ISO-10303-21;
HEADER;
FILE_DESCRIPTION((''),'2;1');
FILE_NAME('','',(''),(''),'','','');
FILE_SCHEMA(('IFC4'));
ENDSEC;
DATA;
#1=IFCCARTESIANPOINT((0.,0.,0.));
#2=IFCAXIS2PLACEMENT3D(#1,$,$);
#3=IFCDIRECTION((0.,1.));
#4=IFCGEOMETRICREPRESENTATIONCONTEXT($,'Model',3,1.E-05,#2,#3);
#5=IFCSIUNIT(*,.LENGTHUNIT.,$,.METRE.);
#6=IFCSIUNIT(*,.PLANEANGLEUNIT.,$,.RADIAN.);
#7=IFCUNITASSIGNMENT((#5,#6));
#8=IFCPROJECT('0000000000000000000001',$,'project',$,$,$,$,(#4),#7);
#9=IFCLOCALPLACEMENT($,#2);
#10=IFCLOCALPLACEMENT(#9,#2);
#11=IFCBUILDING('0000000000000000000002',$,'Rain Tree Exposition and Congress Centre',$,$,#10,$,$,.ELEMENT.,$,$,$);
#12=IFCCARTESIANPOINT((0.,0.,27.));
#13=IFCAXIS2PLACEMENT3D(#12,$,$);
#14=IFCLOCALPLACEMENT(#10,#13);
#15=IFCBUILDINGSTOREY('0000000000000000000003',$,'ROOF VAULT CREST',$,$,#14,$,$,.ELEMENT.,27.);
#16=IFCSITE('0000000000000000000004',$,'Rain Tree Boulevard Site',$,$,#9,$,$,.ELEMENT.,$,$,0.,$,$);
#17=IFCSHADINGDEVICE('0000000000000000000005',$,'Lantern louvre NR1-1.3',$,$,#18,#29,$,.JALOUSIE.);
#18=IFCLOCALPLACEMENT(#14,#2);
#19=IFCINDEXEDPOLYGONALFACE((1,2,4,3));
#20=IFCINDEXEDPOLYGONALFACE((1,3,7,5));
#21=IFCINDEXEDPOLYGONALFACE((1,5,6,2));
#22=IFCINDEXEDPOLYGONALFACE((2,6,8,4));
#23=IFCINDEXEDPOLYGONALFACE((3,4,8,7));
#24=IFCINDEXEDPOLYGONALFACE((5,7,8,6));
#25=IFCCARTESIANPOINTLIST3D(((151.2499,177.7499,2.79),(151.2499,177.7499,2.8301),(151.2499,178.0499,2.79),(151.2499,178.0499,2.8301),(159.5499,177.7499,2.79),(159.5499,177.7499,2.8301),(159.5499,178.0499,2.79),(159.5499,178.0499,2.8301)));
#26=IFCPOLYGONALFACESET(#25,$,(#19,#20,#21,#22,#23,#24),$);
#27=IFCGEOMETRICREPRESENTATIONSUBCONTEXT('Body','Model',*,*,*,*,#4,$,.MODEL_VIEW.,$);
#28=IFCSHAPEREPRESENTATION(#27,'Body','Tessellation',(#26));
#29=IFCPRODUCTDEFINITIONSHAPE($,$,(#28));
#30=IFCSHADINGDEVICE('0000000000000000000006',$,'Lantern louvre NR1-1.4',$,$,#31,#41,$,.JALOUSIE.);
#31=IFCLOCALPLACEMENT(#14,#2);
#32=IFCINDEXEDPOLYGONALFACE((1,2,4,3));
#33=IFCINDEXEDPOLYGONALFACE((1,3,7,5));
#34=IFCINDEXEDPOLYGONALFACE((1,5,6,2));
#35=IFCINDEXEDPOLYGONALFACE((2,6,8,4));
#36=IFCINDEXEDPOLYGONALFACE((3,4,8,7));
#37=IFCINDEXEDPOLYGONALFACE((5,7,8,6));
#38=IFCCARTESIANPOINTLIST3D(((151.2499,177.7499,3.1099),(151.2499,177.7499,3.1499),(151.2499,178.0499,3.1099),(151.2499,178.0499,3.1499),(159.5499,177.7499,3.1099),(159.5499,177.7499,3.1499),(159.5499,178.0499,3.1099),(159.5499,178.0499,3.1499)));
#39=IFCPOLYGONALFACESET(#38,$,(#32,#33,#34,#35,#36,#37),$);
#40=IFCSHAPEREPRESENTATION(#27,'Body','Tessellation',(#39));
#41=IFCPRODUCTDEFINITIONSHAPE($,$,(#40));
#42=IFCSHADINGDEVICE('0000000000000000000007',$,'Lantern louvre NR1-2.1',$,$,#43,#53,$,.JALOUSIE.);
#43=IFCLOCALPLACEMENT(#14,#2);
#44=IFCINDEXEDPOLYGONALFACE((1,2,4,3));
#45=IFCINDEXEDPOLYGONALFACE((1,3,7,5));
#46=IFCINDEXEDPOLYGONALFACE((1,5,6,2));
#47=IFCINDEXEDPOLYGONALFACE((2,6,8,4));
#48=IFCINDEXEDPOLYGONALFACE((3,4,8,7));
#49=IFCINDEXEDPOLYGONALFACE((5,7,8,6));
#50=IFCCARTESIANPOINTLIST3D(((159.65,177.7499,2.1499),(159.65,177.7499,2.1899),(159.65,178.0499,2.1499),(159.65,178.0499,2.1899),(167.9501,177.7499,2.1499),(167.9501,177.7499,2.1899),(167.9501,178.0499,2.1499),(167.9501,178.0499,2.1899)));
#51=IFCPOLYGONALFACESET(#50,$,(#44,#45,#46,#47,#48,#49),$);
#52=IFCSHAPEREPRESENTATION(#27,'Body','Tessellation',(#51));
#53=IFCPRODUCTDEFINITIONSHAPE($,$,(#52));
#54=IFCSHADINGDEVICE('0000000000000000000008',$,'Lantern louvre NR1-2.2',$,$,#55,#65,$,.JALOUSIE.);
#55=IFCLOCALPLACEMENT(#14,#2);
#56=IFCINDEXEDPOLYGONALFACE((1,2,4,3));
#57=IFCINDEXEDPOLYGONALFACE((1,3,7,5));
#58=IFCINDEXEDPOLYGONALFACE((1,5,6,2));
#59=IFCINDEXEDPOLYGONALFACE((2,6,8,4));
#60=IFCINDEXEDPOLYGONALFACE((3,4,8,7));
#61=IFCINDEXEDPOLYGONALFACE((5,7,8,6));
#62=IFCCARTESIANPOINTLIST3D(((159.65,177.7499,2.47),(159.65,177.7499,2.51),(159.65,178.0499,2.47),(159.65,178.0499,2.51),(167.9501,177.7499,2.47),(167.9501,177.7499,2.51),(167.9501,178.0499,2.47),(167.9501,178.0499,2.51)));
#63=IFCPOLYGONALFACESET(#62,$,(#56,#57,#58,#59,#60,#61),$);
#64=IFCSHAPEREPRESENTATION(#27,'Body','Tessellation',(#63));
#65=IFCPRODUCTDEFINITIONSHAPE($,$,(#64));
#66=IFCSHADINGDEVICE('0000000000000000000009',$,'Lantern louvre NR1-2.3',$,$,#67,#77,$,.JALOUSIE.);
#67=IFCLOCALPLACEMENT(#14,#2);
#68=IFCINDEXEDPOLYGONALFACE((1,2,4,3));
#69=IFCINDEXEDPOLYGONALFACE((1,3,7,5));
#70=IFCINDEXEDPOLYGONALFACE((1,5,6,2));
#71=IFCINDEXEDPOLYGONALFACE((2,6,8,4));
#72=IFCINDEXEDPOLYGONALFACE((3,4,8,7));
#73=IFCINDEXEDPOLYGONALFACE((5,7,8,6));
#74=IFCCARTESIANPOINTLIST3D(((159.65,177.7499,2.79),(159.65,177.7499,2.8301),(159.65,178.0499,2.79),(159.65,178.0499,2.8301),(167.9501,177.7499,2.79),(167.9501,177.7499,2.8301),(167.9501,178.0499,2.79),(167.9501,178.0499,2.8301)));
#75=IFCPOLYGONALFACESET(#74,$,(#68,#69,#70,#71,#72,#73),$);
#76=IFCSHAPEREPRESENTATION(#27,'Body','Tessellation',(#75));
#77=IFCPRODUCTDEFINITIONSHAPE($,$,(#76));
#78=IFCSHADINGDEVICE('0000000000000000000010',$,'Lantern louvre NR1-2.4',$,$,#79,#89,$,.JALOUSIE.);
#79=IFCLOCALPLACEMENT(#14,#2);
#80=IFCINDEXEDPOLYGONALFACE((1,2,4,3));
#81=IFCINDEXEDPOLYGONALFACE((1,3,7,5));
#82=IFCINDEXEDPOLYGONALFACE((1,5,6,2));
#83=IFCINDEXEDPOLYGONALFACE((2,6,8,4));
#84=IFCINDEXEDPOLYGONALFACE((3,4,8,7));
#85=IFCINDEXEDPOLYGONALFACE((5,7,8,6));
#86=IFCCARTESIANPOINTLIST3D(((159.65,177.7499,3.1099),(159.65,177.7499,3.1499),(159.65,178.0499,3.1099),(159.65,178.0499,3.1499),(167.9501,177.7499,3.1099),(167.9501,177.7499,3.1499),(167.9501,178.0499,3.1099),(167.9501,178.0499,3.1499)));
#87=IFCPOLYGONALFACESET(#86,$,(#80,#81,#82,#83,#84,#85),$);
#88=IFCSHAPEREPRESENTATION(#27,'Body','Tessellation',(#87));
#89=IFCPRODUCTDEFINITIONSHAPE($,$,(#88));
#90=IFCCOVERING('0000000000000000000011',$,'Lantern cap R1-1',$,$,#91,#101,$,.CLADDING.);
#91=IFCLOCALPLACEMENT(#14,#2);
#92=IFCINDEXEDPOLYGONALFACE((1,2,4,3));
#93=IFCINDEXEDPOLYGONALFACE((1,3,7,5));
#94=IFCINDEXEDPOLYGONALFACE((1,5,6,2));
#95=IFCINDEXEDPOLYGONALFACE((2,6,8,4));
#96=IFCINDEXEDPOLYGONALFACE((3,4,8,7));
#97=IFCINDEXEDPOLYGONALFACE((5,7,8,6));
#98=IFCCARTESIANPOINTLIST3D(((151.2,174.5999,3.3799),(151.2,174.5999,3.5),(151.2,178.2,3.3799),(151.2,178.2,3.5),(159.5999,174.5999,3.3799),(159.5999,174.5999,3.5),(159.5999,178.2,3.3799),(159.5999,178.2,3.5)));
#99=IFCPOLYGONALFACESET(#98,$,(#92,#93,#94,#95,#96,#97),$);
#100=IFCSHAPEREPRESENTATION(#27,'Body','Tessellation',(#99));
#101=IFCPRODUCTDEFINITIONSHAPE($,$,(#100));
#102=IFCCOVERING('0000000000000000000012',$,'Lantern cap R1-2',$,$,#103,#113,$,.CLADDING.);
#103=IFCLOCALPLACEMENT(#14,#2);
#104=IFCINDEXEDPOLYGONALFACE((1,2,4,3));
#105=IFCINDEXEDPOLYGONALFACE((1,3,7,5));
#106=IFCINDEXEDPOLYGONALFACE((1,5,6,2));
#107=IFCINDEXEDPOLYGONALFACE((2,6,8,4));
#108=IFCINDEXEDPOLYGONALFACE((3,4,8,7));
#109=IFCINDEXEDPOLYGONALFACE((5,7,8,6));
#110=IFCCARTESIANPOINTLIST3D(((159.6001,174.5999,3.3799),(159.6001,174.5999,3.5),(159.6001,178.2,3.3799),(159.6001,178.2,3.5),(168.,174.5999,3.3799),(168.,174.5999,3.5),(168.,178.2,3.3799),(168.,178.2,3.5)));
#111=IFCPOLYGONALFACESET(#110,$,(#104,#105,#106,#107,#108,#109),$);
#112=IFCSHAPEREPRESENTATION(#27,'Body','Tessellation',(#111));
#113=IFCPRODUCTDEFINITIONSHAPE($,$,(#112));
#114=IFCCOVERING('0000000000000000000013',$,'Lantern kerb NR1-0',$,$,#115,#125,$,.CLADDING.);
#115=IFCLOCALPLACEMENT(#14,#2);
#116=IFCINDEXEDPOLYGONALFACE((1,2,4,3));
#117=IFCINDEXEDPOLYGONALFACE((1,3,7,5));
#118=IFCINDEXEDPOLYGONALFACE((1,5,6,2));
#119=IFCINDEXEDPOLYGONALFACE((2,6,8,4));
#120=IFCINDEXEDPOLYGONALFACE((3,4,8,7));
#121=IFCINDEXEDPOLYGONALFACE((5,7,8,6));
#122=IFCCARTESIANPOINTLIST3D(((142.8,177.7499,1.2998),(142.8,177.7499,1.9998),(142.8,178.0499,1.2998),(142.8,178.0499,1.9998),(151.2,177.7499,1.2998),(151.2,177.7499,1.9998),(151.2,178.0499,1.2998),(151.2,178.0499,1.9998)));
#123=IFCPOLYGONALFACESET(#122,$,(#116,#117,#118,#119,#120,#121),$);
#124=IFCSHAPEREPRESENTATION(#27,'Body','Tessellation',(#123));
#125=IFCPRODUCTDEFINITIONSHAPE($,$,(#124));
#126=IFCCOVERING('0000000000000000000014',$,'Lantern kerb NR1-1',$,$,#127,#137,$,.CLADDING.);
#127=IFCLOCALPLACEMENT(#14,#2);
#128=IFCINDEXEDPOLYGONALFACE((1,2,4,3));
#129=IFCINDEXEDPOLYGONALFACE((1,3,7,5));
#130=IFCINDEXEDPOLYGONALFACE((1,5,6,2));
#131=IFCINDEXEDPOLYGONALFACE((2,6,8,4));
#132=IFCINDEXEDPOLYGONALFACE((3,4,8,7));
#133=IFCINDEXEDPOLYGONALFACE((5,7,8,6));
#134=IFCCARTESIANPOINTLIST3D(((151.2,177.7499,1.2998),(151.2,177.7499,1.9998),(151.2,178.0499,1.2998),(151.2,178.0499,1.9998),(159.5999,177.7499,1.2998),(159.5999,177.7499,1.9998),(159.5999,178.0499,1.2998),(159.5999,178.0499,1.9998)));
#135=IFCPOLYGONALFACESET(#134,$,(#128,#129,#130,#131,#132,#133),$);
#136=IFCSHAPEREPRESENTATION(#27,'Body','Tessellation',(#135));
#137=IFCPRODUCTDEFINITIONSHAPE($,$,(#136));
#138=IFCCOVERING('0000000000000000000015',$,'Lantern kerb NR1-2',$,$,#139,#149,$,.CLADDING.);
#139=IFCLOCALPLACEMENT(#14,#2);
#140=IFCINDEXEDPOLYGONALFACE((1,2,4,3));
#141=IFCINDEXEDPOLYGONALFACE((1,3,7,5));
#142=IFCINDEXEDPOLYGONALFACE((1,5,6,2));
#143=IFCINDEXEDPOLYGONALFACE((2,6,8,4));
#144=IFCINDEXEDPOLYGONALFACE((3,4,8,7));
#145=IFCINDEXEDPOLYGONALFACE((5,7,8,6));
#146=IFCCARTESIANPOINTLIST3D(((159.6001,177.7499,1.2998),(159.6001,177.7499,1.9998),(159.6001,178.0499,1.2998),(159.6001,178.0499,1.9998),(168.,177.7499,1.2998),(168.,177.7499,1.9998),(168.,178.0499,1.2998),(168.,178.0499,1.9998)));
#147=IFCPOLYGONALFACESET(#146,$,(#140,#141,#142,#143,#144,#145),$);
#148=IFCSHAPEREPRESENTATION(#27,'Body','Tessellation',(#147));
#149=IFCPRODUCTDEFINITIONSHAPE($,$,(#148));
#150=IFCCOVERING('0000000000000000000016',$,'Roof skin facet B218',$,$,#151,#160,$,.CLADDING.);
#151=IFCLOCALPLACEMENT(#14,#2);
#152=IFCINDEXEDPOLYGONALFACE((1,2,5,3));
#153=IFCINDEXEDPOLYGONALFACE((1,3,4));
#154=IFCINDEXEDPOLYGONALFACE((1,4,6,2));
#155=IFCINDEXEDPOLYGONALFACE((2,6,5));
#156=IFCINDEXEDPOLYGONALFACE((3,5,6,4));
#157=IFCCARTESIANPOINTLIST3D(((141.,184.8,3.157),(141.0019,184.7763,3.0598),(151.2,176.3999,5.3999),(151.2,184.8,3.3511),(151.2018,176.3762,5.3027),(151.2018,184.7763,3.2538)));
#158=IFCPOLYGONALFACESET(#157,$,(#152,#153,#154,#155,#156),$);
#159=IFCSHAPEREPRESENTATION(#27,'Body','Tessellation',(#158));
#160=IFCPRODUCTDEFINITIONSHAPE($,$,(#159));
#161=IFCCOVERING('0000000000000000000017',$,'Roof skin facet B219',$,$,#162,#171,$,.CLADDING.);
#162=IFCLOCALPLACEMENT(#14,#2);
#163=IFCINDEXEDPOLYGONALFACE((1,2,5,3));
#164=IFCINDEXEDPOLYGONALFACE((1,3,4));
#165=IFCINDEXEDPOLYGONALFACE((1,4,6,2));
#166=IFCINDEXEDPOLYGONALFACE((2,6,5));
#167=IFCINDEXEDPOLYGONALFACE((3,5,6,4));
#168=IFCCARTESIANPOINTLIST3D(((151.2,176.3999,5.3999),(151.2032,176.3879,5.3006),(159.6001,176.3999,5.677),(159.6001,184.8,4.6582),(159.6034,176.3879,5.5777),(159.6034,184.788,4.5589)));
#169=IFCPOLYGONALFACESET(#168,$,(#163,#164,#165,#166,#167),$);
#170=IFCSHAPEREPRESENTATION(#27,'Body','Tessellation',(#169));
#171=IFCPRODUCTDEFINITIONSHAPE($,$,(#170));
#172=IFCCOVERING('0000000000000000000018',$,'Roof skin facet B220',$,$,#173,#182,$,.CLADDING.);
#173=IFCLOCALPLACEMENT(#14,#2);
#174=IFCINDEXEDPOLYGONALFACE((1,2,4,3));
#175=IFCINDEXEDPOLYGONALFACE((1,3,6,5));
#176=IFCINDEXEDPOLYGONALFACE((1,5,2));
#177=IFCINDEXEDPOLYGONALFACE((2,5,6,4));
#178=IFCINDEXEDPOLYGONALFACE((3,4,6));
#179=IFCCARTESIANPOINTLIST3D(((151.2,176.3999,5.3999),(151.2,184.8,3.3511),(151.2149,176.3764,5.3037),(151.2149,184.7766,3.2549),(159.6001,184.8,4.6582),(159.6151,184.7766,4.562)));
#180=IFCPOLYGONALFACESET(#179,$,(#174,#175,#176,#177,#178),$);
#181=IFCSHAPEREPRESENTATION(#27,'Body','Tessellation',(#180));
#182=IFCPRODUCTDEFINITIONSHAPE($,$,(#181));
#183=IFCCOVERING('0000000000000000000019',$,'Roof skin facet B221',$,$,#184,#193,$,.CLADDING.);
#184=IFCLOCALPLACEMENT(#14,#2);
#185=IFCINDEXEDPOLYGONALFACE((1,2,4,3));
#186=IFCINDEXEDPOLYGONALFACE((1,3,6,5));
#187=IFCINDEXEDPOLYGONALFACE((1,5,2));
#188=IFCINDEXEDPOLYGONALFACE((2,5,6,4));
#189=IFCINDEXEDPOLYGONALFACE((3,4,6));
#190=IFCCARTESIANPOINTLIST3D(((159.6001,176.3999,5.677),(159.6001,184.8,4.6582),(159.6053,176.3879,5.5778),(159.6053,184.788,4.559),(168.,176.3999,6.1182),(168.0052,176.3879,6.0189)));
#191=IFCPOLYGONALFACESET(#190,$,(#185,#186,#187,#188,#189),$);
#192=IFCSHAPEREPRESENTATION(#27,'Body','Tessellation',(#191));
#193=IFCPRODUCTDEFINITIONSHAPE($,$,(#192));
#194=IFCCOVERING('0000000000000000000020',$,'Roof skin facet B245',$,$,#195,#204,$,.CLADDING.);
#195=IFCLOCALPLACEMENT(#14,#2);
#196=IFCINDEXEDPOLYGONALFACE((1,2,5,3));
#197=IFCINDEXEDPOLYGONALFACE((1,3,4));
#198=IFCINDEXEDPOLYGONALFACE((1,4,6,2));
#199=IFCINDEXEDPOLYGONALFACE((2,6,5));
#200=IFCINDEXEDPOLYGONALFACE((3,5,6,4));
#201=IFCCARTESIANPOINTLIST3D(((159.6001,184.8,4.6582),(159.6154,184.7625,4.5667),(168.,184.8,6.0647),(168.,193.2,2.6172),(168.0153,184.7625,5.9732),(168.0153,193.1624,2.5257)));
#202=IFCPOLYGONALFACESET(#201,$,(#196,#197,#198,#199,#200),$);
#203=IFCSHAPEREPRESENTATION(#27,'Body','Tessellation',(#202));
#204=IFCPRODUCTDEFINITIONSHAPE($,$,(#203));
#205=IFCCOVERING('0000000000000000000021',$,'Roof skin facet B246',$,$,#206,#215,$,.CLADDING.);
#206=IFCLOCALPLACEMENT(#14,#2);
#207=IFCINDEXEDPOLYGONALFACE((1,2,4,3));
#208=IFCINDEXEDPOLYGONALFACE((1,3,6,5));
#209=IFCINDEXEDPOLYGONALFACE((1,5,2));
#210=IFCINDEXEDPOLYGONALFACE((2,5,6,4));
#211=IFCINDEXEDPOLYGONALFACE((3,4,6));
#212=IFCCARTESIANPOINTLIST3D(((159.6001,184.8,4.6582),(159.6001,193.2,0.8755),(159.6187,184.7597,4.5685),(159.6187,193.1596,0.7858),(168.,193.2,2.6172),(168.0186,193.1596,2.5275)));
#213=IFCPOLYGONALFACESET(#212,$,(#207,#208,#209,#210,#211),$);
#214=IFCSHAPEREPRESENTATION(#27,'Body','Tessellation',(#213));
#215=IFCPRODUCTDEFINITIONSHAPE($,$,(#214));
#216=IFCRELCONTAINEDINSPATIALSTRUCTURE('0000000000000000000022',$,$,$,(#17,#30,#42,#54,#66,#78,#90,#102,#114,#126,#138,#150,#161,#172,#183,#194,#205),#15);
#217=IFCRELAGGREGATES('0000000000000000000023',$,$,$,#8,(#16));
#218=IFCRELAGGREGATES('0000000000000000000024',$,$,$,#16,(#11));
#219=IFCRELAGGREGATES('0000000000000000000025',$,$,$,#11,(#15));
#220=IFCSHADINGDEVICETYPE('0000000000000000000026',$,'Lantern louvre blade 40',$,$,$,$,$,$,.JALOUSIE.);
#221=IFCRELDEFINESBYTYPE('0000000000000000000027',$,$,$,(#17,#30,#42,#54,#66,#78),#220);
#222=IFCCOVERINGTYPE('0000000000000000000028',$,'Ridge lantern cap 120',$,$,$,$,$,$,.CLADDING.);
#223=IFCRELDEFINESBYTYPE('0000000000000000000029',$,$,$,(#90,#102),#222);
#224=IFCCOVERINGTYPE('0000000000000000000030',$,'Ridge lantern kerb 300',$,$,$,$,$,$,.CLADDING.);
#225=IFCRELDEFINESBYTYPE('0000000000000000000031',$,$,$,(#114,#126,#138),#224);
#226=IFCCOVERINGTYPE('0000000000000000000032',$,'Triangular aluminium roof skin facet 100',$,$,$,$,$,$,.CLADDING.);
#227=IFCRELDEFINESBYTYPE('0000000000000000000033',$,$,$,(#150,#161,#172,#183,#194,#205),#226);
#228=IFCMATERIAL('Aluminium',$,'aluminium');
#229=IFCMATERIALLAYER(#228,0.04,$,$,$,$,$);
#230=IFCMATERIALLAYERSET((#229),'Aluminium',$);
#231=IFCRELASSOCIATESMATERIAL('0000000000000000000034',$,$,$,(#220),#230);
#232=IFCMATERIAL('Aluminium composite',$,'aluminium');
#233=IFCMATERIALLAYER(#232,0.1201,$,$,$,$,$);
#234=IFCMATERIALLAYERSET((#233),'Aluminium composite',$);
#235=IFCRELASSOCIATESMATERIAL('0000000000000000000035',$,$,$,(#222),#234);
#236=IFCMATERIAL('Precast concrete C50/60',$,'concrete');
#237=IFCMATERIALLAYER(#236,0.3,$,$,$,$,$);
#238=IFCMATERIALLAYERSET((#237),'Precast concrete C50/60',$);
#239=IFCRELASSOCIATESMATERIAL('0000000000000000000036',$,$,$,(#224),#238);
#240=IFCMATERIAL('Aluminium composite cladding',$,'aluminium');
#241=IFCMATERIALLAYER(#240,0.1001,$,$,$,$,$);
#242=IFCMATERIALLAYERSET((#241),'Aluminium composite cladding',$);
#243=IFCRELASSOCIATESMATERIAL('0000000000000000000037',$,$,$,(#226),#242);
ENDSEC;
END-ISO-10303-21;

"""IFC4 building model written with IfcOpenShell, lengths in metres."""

from ifc_helpers import new_model, si_unit, direction, frame, origin, origin_2d, place, context, subcontext, project, spatial, polyline, rectangle, outline, extrude, material, layer, layer_set, type_object, element, save


model = new_model("IFC4")

# Units and contexts
model_context = context("Model", 3, precision=1e-05, world=origin(), true_north=direction((0.0, 1.0)))
body_context = subcontext(model_context, "Body", "Model", "MODEL_VIEW")
ifc_project = project(units=[si_unit("LENGTHUNIT", "METRE"), si_unit("PLANEANGLEUNIT", "RADIAN")], contexts=[model_context])

# Site, building, storey
site_placement = place(None, origin())
site = spatial("IfcSite", under=ifc_project, at=site_placement, Name="Rain Tree Boulevard Site", CompositionType="ELEMENT", RefElevation=0.0)
building_placement = place(site_placement, origin())
building = spatial("IfcBuilding", under=site, at=building_placement, Name="Rain Tree Exposition and Congress Centre", CompositionType="ELEMENT")
storey_placement = place(building_placement, frame((0.0, 0.0, 27.0)))
storey = spatial("IfcBuildingStorey", under=building, at=storey_placement, Name="ROOF VAULT CREST", CompositionType="ELEMENT", Elevation=27.0)

# Shading devices
ifc_material_1 = material(Name="Aluminium", Category="aluminium")
ifc_layer_1 = layer(ifc_material_1, 0.04)
ifc_layer_set_1 = layer_set([ifc_layer_1], Name="Aluminium")
shading_device_type = type_object("IfcShadingDeviceType", Name="Lantern louvre blade 40", PredefinedType="JALOUSIE", material=ifc_layer_set_1)
for number, where, z_axis, x_axis, name in (
    (1, (155.3999, 177.8999, 2.79), (0.0, 0.0, 1.0), (1.0, 0.0, 0.0), "Lantern louvre NR1-1.3"),
    (2, (155.3999, 177.8999, 3.1099), (0.0, 0.0, 1.0), (1.0, 0.0, 0.0), "Lantern louvre NR1-1.4"),
    (3, (163.8, 177.8999, 2.1499), (0.0, 0.0, 1.0), (1.0, 0.0, 0.0), "Lantern louvre NR1-2.1"),
    (4, (163.8, 177.8999, 2.47), (0.0, 0.0, 1.0), (1.0, 0.0, 0.0), "Lantern louvre NR1-2.2"),
    (5, (163.8, 177.8999, 2.79), (0.0, 0.0, 1.0), (1.0, 0.0, 0.0), "Lantern louvre NR1-2.3"),
    (6, (163.8, 177.8999, 3.1099), (0.0, 0.0, 1.0), (1.0, 0.0, 0.0), "Lantern louvre NR1-2.4"),
):
    element("IfcShadingDevice", number, at=place(storey_placement, frame(where, z_axis=z_axis, x_axis=x_axis)), inside=storey, type_object=shading_device_type, Name=name, PredefinedType="JALOUSIE", context=body_context, shape_type="SweptSolid", body=[
        extrude(rectangle(XDim=8.3, YDim=0.3, at=origin_2d()), origin(), (0.0, 0.0, 1.0), 0.04),
    ])

# Coverings
ifc_material_2 = material(Name="Aluminium composite", Category="aluminium")
ifc_layer_2 = layer(ifc_material_2, 0.1201)
ifc_layer_set_2 = layer_set([ifc_layer_2], Name="Aluminium composite")
covering_type_1 = type_object("IfcCoveringType", Name="Ridge lantern cap 120", PredefinedType="CLADDING", material=ifc_layer_set_2)
for number, where, z_axis, x_axis, name in (
    (7, (155.3999, 176.3999, 3.3799), (0.0, 0.0, 1.0), (1.0, 0.0, 0.0), "Lantern cap R1-1"),
    (8, (163.8, 176.3999, 3.3799), (0.0, 0.0, 1.0), (1.0, 0.0, 0.0), "Lantern cap R1-2"),
):
    element("IfcCovering", number, at=place(storey_placement, frame(where, z_axis=z_axis, x_axis=x_axis)), inside=storey, type_object=covering_type_1, Name=name, PredefinedType="CLADDING", context=body_context, shape_type="SweptSolid", body=[
        extrude(rectangle(XDim=8.3999, YDim=3.6001, at=origin_2d()), origin(), (0.0, 0.0, 1.0), 0.1201),
    ])
ifc_material_3 = material(Name="Precast concrete C50/60", Category="concrete")
ifc_layer_3 = layer(ifc_material_3, 0.3)
ifc_layer_set_3 = layer_set([ifc_layer_3], Name="Precast concrete C50/60")
covering_type_2 = type_object("IfcCoveringType", Name="Ridge lantern kerb 300", PredefinedType="CLADDING", material=ifc_layer_set_3)
for number, where, z_axis, x_axis, name in (
    (9, (147.0, 177.8999, 1.2998), (0.0, 0.0, 1.0), (1.0, 0.0, 0.0), "Lantern kerb NR1-0"),
    (10, (155.3999, 177.8999, 1.2998), (0.0, 0.0, 1.0), (1.0, 0.0, 0.0), "Lantern kerb NR1-1"),
    (11, (163.8, 177.8999, 1.2998), (0.0, 0.0, 1.0), (1.0, 0.0, 0.0), "Lantern kerb NR1-2"),
):
    element("IfcCovering", number, at=place(storey_placement, frame(where, z_axis=z_axis, x_axis=x_axis)), inside=storey, type_object=covering_type_2, Name=name, PredefinedType="CLADDING", context=body_context, shape_type="SweptSolid", body=[
        extrude(rectangle(XDim=8.3999, YDim=0.3, at=origin_2d()), origin(), (0.0, 0.0, 1.0), 0.7),
    ])
ifc_material_4 = material(Name="Aluminium composite cladding", Category="aluminium")
ifc_layer_4 = layer(ifc_material_4, 0.1001)
ifc_layer_set_4 = layer_set([ifc_layer_4], Name="Aluminium composite cladding")
covering_type_3 = type_object("IfcCoveringType", Name="Triangular aluminium roof skin facet 100", PredefinedType="CLADDING", material=ifc_layer_set_4)
covering_1_placement = place(storey_placement, frame((151.2, 176.3999, 5.3999), z_axis=(-0.018484, 0.236917, 0.971354), x_axis=(0.0, 0.97152, -0.236957)))
element("IfcCovering", 12, at=covering_1_placement, inside=storey, type_object=covering_type_3, Name="Roof skin facet B218", PredefinedType="CLADDING", context=body_context, shape_type="SweptSolid", body=[
    extrude(outline(polyline([(0.0, 0.0), (8.6464, 0.0), (8.6924, 10.2017), (0.0, 0.0)])), origin(), (0.0, 0.0, -1.0), 0.1001),
])
covering_2_placement = place(storey_placement, frame((151.2, 176.3999, 5.3999), z_axis=(-0.03273, 0.120337, 0.992193), x_axis=(0.999456, 0.0, 0.03297)))
element("IfcCovering", 13, at=covering_2_placement, inside=storey, type_object=covering_type_3, Name="Roof skin facet B219", PredefinedType="CLADDING", context=body_context, shape_type="SweptSolid", body=[
    extrude(outline(polyline([(0.0, 0.0), (8.4047, 0.0), (8.3711, 8.4616), (0.0, 0.0)])), origin(), (0.0, 0.0, -1.0), 0.1001),
])
covering_3_placement = place(storey_placement, frame((151.2, 176.3999, 5.3999), z_axis=(-0.149478, 0.234295, 0.960605), x_axis=(0.705733, 0.705733, -0.062313)))
element("IfcCovering", 14, at=covering_3_placement, inside=storey, type_object=covering_type_3, Name="Roof skin facet B220", PredefinedType="CLADDING", context=body_context, shape_type="SweptSolid", body=[
    extrude(outline(polyline([(0.0, 0.0), (11.9027, 0.0), (6.0559, 6.1714), (0.0, 0.0)])), origin(), (0.0, 0.0, -1.0), 0.1001),
])
covering_4_placement = place(storey_placement, frame((159.6001, 176.3999, 5.677), z_axis=(-0.052067, 0.120238, 0.991379), x_axis=(0.998624, 0.0, 0.052448)))
element("IfcCovering", 15, at=covering_4_placement, inside=storey, type_object=covering_type_3, Name="Roof skin facet B221", PredefinedType="CLADDING", context=body_context, shape_type="SweptSolid", body=[
    extrude(outline(polyline([(0.0, 0.0), (8.4115, 0.0), (-0.0534, 8.4615), (0.0, 0.0)])), origin(), (0.0, 0.0, -1.0), 0.1001),
])
covering_5_placement = place(storey_placement, frame((159.6001, 184.8, 4.6582), z_axis=(-0.153077, 0.375213, 0.914211), x_axis=(0.98627, 0.0, 0.165143)))
element("IfcCovering", 16, at=covering_5_placement, inside=storey, type_object=covering_type_3, Name="Roof skin facet B245", PredefinedType="CLADDING", context=body_context, shape_type="SweptSolid", body=[
    extrude(outline(polyline([(0.0, 0.0), (8.5168, 0.0), (7.9475, 9.062), (0.0, 0.0)])), origin(), (0.0, 0.0, -1.0), 0.1001),
])
covering_6_placement = place(storey_placement, frame((159.6001, 184.8, 4.6582), z_axis=(-0.18577, 0.403466, 0.895938), x_axis=(0.696895, 0.696895, -0.169332)))
element("IfcCovering", 17, at=covering_6_placement, inside=storey, type_object=covering_type_3, Name="Roof skin facet B246", PredefinedType="CLADDING", context=body_context, shape_type="SweptSolid", body=[
    extrude(outline(polyline([(0.0, 0.0), (12.0533, 0.0), (6.4944, 6.5338), (0.0, 0.0)])), origin(), (0.0, 0.0, -1.0), 0.1001),
])

save(model, "model.ifc")
